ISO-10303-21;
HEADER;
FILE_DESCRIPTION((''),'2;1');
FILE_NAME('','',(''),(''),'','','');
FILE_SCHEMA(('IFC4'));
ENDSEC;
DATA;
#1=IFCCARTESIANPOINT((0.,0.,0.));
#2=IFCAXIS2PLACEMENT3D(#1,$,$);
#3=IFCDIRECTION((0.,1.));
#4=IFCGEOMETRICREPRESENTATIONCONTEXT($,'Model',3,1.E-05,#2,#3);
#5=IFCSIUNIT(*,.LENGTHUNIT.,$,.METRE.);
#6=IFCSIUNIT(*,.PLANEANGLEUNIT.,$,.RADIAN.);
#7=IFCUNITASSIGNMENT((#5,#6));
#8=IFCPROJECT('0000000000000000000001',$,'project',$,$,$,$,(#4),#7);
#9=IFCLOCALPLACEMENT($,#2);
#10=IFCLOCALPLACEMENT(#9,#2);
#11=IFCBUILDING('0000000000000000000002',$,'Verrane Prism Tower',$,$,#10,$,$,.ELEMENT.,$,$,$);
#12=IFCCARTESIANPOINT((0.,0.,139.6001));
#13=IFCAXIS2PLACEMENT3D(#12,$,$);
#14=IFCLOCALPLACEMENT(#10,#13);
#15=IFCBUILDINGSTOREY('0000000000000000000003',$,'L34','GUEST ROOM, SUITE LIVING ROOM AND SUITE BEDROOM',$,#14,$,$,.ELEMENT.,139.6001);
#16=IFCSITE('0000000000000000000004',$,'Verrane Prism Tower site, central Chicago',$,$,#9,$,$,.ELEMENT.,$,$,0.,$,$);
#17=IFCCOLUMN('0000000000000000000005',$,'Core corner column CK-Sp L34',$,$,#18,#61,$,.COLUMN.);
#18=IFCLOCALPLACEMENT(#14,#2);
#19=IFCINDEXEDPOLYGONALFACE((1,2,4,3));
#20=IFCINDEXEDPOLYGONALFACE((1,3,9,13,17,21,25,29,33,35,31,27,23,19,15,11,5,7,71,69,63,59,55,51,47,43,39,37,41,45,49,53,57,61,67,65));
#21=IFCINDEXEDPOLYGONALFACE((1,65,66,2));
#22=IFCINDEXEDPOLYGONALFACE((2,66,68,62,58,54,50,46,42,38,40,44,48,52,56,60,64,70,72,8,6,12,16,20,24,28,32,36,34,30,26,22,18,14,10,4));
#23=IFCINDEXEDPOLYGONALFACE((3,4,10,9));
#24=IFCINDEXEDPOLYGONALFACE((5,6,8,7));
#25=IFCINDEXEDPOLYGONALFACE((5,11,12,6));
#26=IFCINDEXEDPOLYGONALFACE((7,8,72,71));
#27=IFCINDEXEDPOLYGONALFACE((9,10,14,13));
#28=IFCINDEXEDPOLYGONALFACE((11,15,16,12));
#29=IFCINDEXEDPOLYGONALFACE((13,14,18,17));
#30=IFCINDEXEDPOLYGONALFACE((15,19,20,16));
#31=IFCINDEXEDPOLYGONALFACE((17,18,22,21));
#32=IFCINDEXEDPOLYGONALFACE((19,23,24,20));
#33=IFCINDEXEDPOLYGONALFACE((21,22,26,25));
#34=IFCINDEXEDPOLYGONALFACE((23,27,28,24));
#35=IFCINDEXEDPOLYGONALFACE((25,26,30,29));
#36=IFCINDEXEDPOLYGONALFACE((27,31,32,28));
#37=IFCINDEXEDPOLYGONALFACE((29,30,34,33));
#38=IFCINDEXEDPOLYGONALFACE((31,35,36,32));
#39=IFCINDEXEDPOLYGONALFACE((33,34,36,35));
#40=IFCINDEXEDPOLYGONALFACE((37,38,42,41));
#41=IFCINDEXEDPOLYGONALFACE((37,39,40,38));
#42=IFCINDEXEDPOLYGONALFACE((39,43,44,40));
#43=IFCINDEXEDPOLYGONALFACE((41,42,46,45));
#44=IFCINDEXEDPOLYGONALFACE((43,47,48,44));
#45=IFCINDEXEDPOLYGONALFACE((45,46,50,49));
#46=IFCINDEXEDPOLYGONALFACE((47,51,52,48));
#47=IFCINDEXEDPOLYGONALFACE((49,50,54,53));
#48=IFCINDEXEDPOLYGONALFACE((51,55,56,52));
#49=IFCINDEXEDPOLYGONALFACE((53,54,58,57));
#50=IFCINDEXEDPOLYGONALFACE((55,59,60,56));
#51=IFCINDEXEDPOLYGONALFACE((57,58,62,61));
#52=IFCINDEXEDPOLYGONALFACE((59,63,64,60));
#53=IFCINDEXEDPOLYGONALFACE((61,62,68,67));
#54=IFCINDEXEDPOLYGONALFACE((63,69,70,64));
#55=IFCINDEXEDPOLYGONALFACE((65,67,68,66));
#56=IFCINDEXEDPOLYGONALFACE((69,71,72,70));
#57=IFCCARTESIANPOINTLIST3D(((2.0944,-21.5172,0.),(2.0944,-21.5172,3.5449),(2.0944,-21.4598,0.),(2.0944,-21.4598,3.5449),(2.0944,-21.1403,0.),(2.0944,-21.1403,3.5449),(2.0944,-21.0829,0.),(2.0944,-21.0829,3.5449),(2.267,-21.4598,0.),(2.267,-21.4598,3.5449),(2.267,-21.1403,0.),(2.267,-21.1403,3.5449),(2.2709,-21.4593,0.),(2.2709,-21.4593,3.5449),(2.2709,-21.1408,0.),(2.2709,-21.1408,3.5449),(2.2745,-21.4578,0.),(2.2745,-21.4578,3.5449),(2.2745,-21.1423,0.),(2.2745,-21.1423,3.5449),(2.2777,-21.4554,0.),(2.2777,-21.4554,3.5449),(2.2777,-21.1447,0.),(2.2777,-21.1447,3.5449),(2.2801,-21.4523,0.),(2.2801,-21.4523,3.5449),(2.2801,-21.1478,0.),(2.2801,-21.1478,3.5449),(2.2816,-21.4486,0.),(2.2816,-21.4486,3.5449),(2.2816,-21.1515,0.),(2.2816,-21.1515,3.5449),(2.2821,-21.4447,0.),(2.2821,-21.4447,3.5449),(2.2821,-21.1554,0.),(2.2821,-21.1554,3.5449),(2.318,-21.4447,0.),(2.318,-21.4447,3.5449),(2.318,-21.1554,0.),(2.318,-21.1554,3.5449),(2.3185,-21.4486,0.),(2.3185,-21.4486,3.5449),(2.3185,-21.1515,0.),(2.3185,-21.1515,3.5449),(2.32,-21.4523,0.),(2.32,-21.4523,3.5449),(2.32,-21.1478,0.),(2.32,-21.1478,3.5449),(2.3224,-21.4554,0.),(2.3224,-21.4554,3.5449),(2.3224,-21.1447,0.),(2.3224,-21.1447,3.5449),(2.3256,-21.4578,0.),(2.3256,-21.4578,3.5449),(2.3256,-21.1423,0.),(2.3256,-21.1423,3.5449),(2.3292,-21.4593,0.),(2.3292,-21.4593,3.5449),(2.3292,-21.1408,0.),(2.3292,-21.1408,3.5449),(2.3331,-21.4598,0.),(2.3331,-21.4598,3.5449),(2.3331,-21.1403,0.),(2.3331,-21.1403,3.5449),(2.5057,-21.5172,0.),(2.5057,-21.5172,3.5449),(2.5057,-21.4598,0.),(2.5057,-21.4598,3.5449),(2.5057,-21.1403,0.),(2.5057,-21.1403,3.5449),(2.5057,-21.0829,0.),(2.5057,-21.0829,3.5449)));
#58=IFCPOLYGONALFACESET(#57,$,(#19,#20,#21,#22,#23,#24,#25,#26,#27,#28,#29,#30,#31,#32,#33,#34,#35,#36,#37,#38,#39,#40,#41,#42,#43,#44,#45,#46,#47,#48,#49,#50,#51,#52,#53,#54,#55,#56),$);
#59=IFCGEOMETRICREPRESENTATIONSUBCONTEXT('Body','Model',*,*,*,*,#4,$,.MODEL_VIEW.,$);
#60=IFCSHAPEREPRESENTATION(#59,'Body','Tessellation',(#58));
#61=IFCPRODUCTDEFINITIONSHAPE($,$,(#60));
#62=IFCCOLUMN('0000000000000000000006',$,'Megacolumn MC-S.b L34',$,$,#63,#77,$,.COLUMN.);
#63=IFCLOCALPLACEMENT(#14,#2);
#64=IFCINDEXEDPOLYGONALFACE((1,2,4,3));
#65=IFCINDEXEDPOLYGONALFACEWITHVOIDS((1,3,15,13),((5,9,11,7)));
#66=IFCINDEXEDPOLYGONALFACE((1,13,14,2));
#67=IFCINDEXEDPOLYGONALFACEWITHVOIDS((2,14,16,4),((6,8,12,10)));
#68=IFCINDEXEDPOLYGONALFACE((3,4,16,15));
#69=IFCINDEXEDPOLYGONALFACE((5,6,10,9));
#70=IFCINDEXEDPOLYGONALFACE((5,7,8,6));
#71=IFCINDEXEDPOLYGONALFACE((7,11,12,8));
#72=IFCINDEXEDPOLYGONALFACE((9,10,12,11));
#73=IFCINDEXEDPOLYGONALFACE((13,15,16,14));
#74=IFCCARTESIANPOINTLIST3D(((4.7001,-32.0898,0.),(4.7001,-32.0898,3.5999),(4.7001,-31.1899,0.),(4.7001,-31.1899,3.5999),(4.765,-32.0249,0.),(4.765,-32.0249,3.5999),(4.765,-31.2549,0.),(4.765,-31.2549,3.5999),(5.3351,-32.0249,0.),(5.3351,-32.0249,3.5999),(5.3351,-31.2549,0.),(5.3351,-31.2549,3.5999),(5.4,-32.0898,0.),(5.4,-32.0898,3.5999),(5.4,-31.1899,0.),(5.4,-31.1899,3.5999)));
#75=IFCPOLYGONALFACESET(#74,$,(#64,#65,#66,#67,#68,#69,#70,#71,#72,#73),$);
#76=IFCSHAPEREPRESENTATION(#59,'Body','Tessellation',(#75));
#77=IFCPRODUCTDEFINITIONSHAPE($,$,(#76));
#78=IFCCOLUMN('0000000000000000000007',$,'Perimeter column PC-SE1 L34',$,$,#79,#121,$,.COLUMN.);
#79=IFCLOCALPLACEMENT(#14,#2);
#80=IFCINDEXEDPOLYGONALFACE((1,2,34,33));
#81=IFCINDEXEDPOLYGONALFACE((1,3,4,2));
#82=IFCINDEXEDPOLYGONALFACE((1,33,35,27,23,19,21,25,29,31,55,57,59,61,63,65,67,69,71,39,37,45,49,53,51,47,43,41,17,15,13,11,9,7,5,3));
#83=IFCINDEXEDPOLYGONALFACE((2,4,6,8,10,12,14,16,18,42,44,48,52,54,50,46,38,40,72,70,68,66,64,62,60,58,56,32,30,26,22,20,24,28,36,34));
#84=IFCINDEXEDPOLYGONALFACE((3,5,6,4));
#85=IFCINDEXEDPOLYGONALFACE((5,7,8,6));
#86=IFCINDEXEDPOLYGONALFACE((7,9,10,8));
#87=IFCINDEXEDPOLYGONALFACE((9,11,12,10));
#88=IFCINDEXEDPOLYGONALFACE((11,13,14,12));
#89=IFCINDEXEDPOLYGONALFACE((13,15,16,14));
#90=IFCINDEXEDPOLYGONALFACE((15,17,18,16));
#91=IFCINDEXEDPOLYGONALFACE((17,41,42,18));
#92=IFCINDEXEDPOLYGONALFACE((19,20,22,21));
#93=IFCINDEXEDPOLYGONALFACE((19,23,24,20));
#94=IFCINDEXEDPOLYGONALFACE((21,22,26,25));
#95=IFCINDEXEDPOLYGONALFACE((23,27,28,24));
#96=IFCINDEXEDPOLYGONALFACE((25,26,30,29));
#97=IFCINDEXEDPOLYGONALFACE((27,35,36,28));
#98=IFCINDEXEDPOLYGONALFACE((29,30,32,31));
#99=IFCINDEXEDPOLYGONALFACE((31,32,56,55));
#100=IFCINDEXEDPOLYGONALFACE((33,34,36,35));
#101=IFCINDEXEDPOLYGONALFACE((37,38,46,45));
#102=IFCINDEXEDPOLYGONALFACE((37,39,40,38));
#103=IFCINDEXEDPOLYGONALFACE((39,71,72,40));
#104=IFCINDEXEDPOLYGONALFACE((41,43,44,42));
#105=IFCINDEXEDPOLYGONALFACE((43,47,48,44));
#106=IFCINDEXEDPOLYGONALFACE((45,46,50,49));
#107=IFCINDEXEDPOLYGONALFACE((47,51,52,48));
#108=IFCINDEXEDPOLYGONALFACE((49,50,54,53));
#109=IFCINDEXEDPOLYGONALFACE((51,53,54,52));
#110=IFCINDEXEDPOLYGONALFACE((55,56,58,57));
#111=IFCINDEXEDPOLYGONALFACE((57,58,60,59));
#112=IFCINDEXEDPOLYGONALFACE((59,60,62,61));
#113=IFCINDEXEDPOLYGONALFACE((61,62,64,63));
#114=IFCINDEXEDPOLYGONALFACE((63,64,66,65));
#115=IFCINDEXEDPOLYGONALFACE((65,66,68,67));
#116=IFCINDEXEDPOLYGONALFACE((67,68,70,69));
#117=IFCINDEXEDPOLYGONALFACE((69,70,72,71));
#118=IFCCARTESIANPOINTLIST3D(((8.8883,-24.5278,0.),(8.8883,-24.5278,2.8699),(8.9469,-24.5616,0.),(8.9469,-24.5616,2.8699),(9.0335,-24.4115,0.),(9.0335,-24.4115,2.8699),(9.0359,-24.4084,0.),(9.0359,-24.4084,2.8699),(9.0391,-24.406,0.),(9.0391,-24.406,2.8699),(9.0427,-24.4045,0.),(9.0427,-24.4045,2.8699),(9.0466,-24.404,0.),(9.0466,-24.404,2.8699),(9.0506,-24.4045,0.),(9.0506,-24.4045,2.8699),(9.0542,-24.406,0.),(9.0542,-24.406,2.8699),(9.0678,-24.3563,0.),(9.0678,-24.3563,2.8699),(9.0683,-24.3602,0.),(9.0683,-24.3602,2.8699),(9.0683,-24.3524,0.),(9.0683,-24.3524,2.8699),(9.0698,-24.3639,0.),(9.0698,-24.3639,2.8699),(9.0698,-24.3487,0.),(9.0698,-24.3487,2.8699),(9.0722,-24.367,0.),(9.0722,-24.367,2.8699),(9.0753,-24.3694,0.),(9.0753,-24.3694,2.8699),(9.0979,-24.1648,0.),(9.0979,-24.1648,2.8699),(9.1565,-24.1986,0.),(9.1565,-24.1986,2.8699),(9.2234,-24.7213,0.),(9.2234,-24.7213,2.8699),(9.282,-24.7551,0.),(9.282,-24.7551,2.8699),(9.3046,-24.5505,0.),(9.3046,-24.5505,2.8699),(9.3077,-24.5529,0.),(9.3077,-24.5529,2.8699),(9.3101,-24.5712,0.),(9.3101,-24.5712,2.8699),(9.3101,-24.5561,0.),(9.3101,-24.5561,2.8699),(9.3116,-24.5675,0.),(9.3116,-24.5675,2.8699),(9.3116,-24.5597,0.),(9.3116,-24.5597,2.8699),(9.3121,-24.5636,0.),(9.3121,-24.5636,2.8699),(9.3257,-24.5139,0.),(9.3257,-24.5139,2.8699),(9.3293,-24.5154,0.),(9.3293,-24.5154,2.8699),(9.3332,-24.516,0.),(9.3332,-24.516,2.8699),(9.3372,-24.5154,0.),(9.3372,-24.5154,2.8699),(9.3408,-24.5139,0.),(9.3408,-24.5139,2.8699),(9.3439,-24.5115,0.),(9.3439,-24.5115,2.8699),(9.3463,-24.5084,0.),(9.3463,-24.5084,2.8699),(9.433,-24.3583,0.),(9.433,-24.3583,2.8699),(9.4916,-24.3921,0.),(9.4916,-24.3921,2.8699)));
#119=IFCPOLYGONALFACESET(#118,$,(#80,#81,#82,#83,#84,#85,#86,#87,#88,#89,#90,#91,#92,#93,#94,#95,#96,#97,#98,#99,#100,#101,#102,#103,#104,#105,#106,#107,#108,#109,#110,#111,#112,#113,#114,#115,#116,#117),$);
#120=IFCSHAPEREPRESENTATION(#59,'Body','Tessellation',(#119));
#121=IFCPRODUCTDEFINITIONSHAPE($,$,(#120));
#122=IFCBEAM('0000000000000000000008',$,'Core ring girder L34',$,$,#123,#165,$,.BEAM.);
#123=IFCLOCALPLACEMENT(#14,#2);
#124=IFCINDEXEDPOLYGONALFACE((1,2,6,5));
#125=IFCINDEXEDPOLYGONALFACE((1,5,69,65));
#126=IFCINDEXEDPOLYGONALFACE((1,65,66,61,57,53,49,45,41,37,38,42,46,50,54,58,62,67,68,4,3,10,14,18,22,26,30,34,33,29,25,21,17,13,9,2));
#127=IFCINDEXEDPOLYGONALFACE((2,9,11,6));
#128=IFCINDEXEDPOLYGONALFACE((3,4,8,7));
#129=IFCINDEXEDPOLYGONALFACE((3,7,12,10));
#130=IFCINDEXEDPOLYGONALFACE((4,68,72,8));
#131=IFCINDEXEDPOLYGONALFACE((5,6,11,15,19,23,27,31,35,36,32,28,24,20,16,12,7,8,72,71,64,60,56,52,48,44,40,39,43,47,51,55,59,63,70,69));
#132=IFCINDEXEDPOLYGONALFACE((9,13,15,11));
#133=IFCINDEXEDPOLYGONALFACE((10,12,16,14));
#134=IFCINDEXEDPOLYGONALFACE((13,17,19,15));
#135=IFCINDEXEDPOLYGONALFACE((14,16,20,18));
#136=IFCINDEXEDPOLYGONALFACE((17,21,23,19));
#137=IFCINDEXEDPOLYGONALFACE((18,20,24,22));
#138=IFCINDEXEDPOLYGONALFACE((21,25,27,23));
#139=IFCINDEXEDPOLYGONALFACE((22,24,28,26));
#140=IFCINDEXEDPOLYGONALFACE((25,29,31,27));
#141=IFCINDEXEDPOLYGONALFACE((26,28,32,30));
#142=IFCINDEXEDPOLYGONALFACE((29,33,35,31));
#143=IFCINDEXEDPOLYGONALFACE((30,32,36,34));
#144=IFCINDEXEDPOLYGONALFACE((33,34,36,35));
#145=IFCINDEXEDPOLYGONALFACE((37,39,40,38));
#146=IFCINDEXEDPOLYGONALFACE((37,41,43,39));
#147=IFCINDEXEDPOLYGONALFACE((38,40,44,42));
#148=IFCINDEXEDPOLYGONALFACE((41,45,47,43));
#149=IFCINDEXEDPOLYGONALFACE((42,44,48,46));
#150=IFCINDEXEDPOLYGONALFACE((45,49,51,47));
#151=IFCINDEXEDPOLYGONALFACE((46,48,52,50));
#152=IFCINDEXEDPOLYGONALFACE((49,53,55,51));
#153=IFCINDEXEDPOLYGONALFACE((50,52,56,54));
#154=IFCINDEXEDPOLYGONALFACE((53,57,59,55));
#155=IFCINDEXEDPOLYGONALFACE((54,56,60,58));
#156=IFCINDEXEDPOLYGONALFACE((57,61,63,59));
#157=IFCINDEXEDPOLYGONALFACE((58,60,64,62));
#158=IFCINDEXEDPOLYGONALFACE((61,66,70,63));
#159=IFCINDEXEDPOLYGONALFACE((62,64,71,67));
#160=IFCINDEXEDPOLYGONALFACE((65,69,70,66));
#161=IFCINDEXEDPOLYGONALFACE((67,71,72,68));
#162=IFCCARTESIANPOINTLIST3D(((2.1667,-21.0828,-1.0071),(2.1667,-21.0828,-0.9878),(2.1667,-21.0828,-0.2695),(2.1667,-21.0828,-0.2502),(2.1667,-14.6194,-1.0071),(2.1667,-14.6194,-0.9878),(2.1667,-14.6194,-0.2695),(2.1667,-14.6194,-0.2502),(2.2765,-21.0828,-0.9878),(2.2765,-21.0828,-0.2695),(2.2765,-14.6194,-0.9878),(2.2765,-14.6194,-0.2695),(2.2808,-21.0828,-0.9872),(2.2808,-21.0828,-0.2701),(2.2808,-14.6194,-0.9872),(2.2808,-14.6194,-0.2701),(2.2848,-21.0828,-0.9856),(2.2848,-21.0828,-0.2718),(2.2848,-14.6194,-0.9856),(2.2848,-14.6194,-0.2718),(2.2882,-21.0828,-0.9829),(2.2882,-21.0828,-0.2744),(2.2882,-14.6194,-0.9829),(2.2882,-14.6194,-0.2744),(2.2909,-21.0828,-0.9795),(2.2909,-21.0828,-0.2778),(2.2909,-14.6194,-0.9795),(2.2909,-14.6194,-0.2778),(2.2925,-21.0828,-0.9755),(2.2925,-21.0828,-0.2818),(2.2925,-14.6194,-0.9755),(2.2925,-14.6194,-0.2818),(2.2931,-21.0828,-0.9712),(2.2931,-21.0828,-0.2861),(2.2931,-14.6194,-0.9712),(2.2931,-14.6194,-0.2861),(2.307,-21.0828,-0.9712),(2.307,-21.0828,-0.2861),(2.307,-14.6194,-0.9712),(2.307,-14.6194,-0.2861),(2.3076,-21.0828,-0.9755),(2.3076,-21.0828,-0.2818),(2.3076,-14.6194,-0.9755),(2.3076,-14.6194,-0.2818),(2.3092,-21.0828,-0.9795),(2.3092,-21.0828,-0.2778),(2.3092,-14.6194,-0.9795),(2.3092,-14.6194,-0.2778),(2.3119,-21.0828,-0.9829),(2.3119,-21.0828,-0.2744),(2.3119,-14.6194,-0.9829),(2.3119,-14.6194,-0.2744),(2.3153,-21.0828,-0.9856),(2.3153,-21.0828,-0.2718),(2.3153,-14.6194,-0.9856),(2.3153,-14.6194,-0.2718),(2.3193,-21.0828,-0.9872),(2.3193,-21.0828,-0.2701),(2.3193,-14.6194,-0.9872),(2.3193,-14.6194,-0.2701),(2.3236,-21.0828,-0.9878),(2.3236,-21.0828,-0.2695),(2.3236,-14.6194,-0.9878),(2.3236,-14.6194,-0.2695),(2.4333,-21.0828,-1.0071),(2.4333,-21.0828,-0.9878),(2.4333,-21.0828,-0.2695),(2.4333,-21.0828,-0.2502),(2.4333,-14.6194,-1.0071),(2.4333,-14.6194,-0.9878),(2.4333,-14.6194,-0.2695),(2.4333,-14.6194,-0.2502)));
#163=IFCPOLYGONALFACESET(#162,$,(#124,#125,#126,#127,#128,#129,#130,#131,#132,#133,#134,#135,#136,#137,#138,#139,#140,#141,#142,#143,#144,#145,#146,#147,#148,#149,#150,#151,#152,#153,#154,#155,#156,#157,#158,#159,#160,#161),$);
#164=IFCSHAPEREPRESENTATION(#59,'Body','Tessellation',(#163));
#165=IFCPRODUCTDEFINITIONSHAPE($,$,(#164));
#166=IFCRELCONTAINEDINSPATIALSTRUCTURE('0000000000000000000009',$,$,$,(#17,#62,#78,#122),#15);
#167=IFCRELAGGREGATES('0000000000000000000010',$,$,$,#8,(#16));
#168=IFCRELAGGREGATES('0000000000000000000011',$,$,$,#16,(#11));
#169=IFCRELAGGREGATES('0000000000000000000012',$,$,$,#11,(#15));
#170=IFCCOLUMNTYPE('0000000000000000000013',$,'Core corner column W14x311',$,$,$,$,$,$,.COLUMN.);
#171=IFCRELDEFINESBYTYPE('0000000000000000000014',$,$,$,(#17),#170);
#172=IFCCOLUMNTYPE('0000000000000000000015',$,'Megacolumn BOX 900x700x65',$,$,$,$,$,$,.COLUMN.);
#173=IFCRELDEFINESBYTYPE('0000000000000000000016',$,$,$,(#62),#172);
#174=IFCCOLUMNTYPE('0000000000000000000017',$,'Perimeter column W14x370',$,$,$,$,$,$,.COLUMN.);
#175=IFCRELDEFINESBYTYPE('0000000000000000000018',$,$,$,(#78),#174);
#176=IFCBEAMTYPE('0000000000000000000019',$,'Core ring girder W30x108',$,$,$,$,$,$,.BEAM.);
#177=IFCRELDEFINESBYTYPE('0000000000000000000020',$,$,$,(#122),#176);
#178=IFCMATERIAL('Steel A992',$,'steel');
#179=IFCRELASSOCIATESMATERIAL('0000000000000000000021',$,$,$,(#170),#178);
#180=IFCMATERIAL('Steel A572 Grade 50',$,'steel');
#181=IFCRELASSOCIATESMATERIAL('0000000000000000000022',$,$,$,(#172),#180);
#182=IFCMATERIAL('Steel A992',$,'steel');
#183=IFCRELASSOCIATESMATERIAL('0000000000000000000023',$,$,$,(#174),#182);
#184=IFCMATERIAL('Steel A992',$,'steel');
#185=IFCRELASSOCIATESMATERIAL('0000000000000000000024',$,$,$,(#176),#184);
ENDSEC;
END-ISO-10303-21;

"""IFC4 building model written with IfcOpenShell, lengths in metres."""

from ifc_helpers import new_model, si_unit, direction, frame, origin, origin_2d, place, context, subcontext, project, spatial, hollow_rectangle, i_section, extrude, material, material_profile, profile_set, type_object, element, save


model = new_model("IFC4")

# Units and contexts
model_context = context("Model", 3, precision=1e-05, world=origin(), true_north=direction((0.0, 1.0)))
body_context = subcontext(model_context, "Body", "Model", "MODEL_VIEW")
ifc_project = project(units=[si_unit("LENGTHUNIT", "METRE"), si_unit("PLANEANGLEUNIT", "RADIAN")], contexts=[model_context])

# Site, building, storey
site_placement = place(None, origin())
site = spatial("IfcSite", under=ifc_project, at=site_placement, Name="Verrane Prism Tower site, central Chicago", CompositionType="ELEMENT", RefElevation=0.0)
building_placement = place(site_placement, origin())
building = spatial("IfcBuilding", under=site, at=building_placement, Name="Verrane Prism Tower", CompositionType="ELEMENT")
storey_placement = place(building_placement, frame((0.0, 0.0, 139.6001)))
storey = spatial("IfcBuildingStorey", under=building, at=storey_placement, Name="L34", Description="GUEST ROOM, SUITE LIVING ROOM AND SUITE BEDROOM", CompositionType="ELEMENT", Elevation=139.6001)

# Columns
ifc_material_1 = material(Name="Steel A992", Category="steel")
ifc_material_profile_1 = material_profile(ifc_material_1, i_section(OverallWidth=0.4114, OverallDepth=0.4343, WebThickness=0.0359, FlangeThickness=0.0574, FilletRadius=0.0151, at=origin_2d()), Name="W14x311")
ifc_profile_set_1 = profile_set([ifc_material_profile_1], Name="Steel A992")
column_type_1 = type_object("IfcColumnType", Name="Core corner column W14x311", PredefinedType="COLUMN", material=ifc_profile_set_1)
column_1_placement = place(storey_placement, frame((2.3, -21.3, 0.0), z_axis=(0.0, 0.0, 1.0), x_axis=(-1.0, 0.0, 0.0)))
element("IfcColumn", 1, at=column_1_placement, inside=storey, type_object=column_type_1, Name="Core corner column CK-Sp L34", PredefinedType="COLUMN", context=body_context, shape_type="SweptSolid", body=[
    extrude(i_section(OverallWidth=0.4114, OverallDepth=0.4343, WebThickness=0.0359, FlangeThickness=0.0574, FilletRadius=0.0151, at=origin_2d()), origin(), (0.0, 0.0, 1.0), 3.5449),
])
ifc_material_2 = material(Name="Steel A572 Grade 50", Category="steel")
ifc_material_profile_2 = material_profile(ifc_material_2, hollow_rectangle(XDim=0.7, YDim=0.8999, WallThickness=0.0649, at=origin_2d()), Name="BOX 900x700x65")
ifc_profile_set_2 = profile_set([ifc_material_profile_2], Name="Steel A572 Grade 50")
column_type_2 = type_object("IfcColumnType", Name="Megacolumn BOX 900x700x65", PredefinedType="COLUMN", material=ifc_profile_set_2)
column_2_placement = place(storey_placement, frame((5.05, -31.6399, 0.0), z_axis=(0.0, 0.0, 1.0), x_axis=(-1.0, 0.0, 0.0)))
element("IfcColumn", 2, at=column_2_placement, inside=storey, type_object=column_type_2, Name="Megacolumn MC-S.b L34", PredefinedType="COLUMN", context=body_context, shape_type="SweptSolid", body=[
    extrude(hollow_rectangle(XDim=0.7, YDim=0.8999, WallThickness=0.0649, at=origin_2d()), origin(), (0.0, 0.0, 1.0), 3.5999),
])
ifc_material_3 = material(Name="Steel A992", Category="steel")
ifc_material_profile_3 = material_profile(ifc_material_3, i_section(OverallWidth=0.4192, OverallDepth=0.4546, WebThickness=0.0422, FlangeThickness=0.0676, FilletRadius=0.0151, at=origin_2d()), Name="W14x370")
ifc_profile_set_3 = profile_set([ifc_material_profile_3], Name="Steel A992")
column_type_3 = type_object("IfcColumnType", Name="Perimeter column W14x370", PredefinedType="COLUMN", material=ifc_profile_set_3)
column_3_placement = place(storey_placement, frame((9.1899, -24.46, 0.0), z_axis=(0.0, 0.0, 1.0), x_axis=(-0.5, -0.866025, 0.0)))
element("IfcColumn", 3, at=column_3_placement, inside=storey, type_object=column_type_3, Name="Perimeter column PC-SE1 L34", PredefinedType="COLUMN", context=body_context, shape_type="SweptSolid", body=[
    extrude(i_section(OverallWidth=0.4192, OverallDepth=0.4546, WebThickness=0.0422, FlangeThickness=0.0676, FilletRadius=0.0151, at=origin_2d()), origin(), (0.0, 0.0, 1.0), 2.8699),
])

# Beam
ifc_material_4 = material(Name="Steel A992", Category="steel")
ifc_material_profile_4 = material_profile(ifc_material_4, i_section(OverallWidth=0.2666, OverallDepth=0.7568, WebThickness=0.0139, FlangeThickness=0.0193, FilletRadius=0.0166, at=origin_2d()), Name="W30x108")
ifc_profile_set_4 = profile_set([ifc_material_profile_4], Name="Steel A992")
beam_type_1 = type_object("IfcBeamType", Name="Core ring girder W30x108", PredefinedType="BEAM", material=ifc_profile_set_4)
beam_1_placement = place(storey_placement, frame((2.3, -21.0828, -0.6287), z_axis=(0.0, 1.0, 0.0), x_axis=(-1.0, 0.0, 0.0)))
element("IfcBeam", 4, at=beam_1_placement, inside=storey, type_object=beam_type_1, Name="Core ring girder L34", PredefinedType="BEAM", context=body_context, shape_type="SweptSolid", body=[
    extrude(i_section(OverallWidth=0.2666, OverallDepth=0.7568, WebThickness=0.0139, FlangeThickness=0.0193, FilletRadius=0.0166, at=origin_2d()), origin(), (0.0, 0.0, 1.0), 6.4634),
])

save(model, "model.ifc")
